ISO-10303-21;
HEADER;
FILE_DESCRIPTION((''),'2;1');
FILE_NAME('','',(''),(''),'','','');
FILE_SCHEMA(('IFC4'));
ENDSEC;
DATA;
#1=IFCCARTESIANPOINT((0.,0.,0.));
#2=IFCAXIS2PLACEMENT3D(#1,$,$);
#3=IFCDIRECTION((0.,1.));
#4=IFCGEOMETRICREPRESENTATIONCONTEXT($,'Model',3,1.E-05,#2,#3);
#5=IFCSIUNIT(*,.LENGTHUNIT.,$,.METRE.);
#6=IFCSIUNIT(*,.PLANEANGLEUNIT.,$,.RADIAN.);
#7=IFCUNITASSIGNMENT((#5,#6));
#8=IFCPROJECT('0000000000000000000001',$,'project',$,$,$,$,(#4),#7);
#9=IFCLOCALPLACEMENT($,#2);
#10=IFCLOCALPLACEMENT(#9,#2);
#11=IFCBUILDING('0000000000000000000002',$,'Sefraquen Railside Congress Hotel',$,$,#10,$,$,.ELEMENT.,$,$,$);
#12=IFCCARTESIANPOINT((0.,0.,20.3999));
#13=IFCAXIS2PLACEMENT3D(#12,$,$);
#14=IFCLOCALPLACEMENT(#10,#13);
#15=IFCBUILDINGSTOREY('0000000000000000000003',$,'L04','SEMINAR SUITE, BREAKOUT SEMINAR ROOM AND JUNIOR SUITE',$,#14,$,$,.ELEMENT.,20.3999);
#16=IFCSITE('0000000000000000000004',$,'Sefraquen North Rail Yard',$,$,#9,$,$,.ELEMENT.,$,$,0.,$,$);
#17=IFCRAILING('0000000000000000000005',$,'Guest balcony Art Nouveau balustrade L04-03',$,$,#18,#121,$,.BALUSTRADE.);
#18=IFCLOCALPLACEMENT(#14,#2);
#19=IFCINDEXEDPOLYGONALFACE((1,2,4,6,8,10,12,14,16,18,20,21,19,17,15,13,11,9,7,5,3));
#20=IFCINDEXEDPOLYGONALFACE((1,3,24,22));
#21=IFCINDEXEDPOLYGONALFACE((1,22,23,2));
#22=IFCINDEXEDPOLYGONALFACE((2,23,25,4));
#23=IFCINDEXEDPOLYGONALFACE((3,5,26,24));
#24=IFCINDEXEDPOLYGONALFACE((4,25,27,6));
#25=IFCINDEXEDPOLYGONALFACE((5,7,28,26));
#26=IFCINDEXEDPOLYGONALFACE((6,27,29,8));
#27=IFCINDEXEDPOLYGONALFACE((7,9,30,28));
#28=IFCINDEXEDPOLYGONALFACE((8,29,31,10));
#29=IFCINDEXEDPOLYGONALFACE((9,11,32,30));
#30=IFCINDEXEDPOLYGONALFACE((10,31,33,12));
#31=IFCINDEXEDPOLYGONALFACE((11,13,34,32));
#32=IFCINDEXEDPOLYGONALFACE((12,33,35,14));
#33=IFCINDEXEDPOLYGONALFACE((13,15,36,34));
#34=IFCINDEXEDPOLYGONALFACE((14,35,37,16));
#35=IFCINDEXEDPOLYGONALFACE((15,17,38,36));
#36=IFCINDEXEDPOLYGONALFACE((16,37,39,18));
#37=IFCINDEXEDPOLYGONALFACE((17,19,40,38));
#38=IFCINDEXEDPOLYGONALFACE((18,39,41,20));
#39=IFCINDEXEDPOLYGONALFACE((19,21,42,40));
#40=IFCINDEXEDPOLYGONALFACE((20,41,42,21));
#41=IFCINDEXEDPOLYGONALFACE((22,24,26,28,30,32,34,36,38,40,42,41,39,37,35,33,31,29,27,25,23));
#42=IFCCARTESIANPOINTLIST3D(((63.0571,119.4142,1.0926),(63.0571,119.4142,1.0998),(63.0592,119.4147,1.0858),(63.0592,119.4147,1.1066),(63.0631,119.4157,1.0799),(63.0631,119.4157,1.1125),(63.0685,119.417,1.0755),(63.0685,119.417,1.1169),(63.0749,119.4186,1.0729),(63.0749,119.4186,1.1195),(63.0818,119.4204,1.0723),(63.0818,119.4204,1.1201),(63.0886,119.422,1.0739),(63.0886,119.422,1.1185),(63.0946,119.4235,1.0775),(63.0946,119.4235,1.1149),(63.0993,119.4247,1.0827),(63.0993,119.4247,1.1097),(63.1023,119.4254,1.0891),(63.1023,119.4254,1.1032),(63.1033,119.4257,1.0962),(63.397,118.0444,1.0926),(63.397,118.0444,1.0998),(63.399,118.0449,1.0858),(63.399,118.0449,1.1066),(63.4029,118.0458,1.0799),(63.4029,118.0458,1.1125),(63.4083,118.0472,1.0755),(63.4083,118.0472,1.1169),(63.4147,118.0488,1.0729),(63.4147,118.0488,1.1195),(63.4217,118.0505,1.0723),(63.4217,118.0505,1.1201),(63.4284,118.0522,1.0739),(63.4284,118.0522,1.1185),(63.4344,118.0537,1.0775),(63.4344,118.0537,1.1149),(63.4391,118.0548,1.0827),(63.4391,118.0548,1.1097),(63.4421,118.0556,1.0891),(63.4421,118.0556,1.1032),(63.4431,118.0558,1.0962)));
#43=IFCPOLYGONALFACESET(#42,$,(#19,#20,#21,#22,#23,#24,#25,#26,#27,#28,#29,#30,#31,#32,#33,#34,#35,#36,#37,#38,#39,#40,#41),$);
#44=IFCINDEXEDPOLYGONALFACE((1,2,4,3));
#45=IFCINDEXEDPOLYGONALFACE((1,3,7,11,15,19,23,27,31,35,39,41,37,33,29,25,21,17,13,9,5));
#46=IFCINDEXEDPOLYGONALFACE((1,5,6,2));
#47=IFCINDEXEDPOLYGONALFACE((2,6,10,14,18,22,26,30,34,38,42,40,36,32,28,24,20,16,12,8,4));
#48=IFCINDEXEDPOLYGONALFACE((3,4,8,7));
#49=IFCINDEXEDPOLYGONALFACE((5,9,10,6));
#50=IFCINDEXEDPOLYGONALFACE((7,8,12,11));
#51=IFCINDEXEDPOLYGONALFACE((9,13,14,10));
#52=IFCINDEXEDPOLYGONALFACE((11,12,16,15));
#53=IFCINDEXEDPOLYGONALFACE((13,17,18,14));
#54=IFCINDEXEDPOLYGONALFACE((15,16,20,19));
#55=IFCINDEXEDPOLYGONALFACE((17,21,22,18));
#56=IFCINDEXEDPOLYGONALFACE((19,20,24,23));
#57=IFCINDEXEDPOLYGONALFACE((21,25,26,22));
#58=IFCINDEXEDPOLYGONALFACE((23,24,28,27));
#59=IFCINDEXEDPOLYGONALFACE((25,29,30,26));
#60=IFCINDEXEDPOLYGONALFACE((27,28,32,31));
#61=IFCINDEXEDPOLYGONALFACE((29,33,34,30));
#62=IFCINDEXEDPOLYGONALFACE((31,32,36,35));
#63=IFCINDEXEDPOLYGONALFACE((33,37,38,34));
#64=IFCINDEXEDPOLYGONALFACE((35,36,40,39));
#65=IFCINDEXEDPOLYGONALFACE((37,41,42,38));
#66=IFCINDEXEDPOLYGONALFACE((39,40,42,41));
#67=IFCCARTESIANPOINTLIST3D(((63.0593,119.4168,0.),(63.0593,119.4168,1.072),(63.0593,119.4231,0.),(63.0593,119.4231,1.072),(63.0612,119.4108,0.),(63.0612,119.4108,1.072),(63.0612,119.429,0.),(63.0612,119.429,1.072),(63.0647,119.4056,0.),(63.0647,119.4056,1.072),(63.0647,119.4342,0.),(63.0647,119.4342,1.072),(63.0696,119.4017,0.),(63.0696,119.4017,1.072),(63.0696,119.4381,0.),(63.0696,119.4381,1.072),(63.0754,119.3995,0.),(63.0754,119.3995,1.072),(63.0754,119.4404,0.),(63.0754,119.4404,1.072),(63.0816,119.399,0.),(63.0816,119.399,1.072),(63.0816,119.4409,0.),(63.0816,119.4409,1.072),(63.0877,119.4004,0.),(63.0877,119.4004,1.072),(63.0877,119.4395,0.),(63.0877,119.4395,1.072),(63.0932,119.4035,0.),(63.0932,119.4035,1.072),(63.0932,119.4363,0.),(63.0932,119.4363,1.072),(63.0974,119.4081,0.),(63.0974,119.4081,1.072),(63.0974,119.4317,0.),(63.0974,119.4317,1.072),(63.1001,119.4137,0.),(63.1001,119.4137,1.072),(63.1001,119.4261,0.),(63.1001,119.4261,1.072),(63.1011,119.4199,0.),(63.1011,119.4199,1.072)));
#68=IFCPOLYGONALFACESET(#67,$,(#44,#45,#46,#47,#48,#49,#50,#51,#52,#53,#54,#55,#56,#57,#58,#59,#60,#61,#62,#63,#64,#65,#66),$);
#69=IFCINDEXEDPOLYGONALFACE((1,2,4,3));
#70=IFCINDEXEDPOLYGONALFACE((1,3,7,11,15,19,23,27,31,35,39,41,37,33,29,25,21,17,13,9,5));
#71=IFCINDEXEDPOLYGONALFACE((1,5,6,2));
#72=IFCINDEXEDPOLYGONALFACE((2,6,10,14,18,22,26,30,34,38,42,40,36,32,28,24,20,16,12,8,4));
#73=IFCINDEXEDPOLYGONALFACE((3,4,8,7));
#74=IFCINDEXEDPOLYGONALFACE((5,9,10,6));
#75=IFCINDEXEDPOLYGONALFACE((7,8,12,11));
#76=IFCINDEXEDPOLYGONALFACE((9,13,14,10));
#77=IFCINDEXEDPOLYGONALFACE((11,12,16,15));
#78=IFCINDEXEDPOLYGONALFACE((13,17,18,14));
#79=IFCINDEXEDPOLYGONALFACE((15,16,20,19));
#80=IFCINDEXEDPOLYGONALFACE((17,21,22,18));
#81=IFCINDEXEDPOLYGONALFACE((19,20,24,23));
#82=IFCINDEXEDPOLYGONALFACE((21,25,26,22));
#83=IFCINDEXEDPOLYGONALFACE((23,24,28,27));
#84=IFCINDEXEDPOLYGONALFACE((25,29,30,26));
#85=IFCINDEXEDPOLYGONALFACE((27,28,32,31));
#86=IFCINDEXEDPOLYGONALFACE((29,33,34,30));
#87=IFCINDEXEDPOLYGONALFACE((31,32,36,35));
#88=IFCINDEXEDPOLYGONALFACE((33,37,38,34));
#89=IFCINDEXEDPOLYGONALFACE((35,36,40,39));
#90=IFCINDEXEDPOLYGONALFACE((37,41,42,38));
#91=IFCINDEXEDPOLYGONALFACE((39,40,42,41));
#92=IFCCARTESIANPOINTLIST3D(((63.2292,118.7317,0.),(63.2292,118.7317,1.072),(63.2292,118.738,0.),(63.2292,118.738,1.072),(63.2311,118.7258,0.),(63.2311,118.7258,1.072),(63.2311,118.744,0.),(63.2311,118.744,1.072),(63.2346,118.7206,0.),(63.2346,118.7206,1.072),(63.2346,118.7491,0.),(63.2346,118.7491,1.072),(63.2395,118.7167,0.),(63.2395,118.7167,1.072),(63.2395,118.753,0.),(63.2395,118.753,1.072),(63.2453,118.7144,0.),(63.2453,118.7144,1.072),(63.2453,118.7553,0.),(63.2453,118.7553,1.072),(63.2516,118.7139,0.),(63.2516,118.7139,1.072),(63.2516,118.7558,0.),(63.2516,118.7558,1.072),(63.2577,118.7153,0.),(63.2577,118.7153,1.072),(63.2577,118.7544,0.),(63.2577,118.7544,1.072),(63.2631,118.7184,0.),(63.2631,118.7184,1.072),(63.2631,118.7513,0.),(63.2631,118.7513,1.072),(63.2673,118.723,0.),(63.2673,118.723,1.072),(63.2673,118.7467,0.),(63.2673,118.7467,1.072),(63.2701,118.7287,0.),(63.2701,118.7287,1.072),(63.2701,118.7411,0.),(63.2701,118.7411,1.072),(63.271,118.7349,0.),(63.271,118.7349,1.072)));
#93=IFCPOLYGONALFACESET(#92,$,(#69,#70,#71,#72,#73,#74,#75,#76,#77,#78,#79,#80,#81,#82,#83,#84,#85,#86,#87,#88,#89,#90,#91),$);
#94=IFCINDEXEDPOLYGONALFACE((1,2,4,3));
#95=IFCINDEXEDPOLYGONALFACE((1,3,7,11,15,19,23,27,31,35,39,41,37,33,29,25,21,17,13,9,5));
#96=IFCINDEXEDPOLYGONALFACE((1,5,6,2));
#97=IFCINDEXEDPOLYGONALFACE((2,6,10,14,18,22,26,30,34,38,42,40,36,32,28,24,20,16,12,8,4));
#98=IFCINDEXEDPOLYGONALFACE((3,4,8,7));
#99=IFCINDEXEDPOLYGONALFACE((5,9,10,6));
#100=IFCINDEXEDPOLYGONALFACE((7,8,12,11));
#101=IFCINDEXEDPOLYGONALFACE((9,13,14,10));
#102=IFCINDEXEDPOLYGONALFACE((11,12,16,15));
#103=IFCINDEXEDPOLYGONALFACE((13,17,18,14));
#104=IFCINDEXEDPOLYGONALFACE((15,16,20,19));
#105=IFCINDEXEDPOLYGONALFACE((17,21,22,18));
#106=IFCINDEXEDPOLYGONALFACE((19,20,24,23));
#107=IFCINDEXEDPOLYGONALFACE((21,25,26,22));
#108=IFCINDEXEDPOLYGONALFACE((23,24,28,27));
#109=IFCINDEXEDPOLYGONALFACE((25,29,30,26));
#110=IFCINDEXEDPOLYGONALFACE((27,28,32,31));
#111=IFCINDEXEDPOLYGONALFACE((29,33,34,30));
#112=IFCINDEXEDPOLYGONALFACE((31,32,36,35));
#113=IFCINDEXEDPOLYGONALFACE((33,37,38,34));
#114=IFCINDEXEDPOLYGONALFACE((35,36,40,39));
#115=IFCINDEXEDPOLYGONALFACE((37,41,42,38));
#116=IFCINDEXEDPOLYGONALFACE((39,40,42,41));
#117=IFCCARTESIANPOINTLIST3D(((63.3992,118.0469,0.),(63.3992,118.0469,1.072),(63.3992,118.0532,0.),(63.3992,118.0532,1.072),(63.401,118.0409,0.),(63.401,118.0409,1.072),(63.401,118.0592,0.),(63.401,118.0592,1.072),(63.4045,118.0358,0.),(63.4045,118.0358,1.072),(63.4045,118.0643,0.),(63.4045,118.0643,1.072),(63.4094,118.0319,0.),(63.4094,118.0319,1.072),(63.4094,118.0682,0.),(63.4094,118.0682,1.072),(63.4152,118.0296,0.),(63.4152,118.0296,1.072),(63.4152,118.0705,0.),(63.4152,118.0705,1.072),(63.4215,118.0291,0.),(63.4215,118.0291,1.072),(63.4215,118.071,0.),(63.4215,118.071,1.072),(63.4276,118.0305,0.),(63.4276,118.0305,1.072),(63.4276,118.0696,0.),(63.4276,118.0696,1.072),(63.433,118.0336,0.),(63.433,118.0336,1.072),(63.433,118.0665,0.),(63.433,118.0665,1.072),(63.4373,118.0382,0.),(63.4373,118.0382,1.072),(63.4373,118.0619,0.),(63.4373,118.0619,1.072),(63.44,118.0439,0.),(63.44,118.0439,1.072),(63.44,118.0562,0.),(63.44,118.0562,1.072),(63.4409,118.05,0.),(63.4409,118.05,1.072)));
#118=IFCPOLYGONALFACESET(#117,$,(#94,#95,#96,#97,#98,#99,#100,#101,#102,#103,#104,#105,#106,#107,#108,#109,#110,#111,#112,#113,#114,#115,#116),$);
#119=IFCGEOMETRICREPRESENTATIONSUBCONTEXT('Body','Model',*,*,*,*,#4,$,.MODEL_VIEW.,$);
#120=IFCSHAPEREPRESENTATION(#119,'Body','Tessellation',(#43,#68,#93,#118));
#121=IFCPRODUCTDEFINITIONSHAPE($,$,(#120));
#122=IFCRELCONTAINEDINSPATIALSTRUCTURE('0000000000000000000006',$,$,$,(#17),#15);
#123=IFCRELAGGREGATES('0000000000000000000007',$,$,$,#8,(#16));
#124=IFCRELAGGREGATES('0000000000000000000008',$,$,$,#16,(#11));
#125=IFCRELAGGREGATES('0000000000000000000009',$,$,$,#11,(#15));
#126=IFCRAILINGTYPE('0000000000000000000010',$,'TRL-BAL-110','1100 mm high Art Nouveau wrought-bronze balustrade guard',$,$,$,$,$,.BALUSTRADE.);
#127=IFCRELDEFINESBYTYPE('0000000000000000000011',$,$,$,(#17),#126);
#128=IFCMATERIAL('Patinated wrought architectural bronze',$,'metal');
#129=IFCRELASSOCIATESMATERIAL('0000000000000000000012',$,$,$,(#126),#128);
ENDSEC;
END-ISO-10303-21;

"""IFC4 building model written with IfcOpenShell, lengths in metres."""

from ifc_helpers import new_model, si_unit, direction, frame, origin, origin_2d, place, context, subcontext, project, spatial, circle, extrude, material, type_object, element, save


model = new_model("IFC4")

# Units and contexts
model_context = context("Model", 3, precision=1e-05, world=origin(), true_north=direction((0.0, 1.0)))
body_context = subcontext(model_context, "Body", "Model", "MODEL_VIEW")
ifc_project = project(units=[si_unit("LENGTHUNIT", "METRE"), si_unit("PLANEANGLEUNIT", "RADIAN")], contexts=[model_context])

# Site, building, storey
site_placement = place(None, origin())
site = spatial("IfcSite", under=ifc_project, at=site_placement, Name="Sefraquen North Rail Yard", CompositionType="ELEMENT", RefElevation=0.0)
building_placement = place(site_placement, origin())
building = spatial("IfcBuilding", under=site, at=building_placement, Name="Sefraquen Railside Congress Hotel", CompositionType="ELEMENT")
storey_placement = place(building_placement, frame((0.0, 0.0, 20.3999)))
storey = spatial("IfcBuildingStorey", under=building, at=storey_placement, Name="L04", Description="SEMINAR SUITE, BREAKOUT SEMINAR ROOM AND JUNIOR SUITE", CompositionType="ELEMENT", Elevation=20.3999)

# Railing
ifc_material_1 = material(Name="Patinated wrought architectural bronze", Category="metal")
railing_type_1 = type_object("IfcRailingType", Name="TRL-BAL-110", Description="1100 mm high Art Nouveau wrought-bronze balustrade guard", PredefinedType="BALUSTRADE", material=ifc_material_1)
railing_1_placement = place(storey_placement, frame((63.0801, 119.4199, 0.0)))
element("IfcRailing", 1, at=railing_1_placement, inside=storey, type_object=railing_type_1, Name="Guest balcony Art Nouveau balustrade L04-03", PredefinedType="BALUSTRADE", context=body_context, shape_type="SweptSolid", body=[
    extrude(circle(Radius=0.0239, at=origin_2d()), frame((0.0, 0.0, 1.0962), z_axis=(0.240785, -0.970578, 0.0), x_axis=(0.970578, 0.240785, 0.0)), (0.0, 0.0, 1.0), 1.4114),
    extrude(circle(Radius=0.021, at=origin_2d()), origin(), (0.0, 0.0, 1.0), 1.072),
    extrude(circle(Radius=0.021, at=origin_2d()), frame((0.1699, -0.6851, 0.0)), (0.0, 0.0, 1.0), 1.072),
    extrude(circle(Radius=0.021, at=origin_2d()), frame((0.3398, -1.3699, 0.0)), (0.0, 0.0, 1.0), 1.072),
])

save(model, "model.ifc")
